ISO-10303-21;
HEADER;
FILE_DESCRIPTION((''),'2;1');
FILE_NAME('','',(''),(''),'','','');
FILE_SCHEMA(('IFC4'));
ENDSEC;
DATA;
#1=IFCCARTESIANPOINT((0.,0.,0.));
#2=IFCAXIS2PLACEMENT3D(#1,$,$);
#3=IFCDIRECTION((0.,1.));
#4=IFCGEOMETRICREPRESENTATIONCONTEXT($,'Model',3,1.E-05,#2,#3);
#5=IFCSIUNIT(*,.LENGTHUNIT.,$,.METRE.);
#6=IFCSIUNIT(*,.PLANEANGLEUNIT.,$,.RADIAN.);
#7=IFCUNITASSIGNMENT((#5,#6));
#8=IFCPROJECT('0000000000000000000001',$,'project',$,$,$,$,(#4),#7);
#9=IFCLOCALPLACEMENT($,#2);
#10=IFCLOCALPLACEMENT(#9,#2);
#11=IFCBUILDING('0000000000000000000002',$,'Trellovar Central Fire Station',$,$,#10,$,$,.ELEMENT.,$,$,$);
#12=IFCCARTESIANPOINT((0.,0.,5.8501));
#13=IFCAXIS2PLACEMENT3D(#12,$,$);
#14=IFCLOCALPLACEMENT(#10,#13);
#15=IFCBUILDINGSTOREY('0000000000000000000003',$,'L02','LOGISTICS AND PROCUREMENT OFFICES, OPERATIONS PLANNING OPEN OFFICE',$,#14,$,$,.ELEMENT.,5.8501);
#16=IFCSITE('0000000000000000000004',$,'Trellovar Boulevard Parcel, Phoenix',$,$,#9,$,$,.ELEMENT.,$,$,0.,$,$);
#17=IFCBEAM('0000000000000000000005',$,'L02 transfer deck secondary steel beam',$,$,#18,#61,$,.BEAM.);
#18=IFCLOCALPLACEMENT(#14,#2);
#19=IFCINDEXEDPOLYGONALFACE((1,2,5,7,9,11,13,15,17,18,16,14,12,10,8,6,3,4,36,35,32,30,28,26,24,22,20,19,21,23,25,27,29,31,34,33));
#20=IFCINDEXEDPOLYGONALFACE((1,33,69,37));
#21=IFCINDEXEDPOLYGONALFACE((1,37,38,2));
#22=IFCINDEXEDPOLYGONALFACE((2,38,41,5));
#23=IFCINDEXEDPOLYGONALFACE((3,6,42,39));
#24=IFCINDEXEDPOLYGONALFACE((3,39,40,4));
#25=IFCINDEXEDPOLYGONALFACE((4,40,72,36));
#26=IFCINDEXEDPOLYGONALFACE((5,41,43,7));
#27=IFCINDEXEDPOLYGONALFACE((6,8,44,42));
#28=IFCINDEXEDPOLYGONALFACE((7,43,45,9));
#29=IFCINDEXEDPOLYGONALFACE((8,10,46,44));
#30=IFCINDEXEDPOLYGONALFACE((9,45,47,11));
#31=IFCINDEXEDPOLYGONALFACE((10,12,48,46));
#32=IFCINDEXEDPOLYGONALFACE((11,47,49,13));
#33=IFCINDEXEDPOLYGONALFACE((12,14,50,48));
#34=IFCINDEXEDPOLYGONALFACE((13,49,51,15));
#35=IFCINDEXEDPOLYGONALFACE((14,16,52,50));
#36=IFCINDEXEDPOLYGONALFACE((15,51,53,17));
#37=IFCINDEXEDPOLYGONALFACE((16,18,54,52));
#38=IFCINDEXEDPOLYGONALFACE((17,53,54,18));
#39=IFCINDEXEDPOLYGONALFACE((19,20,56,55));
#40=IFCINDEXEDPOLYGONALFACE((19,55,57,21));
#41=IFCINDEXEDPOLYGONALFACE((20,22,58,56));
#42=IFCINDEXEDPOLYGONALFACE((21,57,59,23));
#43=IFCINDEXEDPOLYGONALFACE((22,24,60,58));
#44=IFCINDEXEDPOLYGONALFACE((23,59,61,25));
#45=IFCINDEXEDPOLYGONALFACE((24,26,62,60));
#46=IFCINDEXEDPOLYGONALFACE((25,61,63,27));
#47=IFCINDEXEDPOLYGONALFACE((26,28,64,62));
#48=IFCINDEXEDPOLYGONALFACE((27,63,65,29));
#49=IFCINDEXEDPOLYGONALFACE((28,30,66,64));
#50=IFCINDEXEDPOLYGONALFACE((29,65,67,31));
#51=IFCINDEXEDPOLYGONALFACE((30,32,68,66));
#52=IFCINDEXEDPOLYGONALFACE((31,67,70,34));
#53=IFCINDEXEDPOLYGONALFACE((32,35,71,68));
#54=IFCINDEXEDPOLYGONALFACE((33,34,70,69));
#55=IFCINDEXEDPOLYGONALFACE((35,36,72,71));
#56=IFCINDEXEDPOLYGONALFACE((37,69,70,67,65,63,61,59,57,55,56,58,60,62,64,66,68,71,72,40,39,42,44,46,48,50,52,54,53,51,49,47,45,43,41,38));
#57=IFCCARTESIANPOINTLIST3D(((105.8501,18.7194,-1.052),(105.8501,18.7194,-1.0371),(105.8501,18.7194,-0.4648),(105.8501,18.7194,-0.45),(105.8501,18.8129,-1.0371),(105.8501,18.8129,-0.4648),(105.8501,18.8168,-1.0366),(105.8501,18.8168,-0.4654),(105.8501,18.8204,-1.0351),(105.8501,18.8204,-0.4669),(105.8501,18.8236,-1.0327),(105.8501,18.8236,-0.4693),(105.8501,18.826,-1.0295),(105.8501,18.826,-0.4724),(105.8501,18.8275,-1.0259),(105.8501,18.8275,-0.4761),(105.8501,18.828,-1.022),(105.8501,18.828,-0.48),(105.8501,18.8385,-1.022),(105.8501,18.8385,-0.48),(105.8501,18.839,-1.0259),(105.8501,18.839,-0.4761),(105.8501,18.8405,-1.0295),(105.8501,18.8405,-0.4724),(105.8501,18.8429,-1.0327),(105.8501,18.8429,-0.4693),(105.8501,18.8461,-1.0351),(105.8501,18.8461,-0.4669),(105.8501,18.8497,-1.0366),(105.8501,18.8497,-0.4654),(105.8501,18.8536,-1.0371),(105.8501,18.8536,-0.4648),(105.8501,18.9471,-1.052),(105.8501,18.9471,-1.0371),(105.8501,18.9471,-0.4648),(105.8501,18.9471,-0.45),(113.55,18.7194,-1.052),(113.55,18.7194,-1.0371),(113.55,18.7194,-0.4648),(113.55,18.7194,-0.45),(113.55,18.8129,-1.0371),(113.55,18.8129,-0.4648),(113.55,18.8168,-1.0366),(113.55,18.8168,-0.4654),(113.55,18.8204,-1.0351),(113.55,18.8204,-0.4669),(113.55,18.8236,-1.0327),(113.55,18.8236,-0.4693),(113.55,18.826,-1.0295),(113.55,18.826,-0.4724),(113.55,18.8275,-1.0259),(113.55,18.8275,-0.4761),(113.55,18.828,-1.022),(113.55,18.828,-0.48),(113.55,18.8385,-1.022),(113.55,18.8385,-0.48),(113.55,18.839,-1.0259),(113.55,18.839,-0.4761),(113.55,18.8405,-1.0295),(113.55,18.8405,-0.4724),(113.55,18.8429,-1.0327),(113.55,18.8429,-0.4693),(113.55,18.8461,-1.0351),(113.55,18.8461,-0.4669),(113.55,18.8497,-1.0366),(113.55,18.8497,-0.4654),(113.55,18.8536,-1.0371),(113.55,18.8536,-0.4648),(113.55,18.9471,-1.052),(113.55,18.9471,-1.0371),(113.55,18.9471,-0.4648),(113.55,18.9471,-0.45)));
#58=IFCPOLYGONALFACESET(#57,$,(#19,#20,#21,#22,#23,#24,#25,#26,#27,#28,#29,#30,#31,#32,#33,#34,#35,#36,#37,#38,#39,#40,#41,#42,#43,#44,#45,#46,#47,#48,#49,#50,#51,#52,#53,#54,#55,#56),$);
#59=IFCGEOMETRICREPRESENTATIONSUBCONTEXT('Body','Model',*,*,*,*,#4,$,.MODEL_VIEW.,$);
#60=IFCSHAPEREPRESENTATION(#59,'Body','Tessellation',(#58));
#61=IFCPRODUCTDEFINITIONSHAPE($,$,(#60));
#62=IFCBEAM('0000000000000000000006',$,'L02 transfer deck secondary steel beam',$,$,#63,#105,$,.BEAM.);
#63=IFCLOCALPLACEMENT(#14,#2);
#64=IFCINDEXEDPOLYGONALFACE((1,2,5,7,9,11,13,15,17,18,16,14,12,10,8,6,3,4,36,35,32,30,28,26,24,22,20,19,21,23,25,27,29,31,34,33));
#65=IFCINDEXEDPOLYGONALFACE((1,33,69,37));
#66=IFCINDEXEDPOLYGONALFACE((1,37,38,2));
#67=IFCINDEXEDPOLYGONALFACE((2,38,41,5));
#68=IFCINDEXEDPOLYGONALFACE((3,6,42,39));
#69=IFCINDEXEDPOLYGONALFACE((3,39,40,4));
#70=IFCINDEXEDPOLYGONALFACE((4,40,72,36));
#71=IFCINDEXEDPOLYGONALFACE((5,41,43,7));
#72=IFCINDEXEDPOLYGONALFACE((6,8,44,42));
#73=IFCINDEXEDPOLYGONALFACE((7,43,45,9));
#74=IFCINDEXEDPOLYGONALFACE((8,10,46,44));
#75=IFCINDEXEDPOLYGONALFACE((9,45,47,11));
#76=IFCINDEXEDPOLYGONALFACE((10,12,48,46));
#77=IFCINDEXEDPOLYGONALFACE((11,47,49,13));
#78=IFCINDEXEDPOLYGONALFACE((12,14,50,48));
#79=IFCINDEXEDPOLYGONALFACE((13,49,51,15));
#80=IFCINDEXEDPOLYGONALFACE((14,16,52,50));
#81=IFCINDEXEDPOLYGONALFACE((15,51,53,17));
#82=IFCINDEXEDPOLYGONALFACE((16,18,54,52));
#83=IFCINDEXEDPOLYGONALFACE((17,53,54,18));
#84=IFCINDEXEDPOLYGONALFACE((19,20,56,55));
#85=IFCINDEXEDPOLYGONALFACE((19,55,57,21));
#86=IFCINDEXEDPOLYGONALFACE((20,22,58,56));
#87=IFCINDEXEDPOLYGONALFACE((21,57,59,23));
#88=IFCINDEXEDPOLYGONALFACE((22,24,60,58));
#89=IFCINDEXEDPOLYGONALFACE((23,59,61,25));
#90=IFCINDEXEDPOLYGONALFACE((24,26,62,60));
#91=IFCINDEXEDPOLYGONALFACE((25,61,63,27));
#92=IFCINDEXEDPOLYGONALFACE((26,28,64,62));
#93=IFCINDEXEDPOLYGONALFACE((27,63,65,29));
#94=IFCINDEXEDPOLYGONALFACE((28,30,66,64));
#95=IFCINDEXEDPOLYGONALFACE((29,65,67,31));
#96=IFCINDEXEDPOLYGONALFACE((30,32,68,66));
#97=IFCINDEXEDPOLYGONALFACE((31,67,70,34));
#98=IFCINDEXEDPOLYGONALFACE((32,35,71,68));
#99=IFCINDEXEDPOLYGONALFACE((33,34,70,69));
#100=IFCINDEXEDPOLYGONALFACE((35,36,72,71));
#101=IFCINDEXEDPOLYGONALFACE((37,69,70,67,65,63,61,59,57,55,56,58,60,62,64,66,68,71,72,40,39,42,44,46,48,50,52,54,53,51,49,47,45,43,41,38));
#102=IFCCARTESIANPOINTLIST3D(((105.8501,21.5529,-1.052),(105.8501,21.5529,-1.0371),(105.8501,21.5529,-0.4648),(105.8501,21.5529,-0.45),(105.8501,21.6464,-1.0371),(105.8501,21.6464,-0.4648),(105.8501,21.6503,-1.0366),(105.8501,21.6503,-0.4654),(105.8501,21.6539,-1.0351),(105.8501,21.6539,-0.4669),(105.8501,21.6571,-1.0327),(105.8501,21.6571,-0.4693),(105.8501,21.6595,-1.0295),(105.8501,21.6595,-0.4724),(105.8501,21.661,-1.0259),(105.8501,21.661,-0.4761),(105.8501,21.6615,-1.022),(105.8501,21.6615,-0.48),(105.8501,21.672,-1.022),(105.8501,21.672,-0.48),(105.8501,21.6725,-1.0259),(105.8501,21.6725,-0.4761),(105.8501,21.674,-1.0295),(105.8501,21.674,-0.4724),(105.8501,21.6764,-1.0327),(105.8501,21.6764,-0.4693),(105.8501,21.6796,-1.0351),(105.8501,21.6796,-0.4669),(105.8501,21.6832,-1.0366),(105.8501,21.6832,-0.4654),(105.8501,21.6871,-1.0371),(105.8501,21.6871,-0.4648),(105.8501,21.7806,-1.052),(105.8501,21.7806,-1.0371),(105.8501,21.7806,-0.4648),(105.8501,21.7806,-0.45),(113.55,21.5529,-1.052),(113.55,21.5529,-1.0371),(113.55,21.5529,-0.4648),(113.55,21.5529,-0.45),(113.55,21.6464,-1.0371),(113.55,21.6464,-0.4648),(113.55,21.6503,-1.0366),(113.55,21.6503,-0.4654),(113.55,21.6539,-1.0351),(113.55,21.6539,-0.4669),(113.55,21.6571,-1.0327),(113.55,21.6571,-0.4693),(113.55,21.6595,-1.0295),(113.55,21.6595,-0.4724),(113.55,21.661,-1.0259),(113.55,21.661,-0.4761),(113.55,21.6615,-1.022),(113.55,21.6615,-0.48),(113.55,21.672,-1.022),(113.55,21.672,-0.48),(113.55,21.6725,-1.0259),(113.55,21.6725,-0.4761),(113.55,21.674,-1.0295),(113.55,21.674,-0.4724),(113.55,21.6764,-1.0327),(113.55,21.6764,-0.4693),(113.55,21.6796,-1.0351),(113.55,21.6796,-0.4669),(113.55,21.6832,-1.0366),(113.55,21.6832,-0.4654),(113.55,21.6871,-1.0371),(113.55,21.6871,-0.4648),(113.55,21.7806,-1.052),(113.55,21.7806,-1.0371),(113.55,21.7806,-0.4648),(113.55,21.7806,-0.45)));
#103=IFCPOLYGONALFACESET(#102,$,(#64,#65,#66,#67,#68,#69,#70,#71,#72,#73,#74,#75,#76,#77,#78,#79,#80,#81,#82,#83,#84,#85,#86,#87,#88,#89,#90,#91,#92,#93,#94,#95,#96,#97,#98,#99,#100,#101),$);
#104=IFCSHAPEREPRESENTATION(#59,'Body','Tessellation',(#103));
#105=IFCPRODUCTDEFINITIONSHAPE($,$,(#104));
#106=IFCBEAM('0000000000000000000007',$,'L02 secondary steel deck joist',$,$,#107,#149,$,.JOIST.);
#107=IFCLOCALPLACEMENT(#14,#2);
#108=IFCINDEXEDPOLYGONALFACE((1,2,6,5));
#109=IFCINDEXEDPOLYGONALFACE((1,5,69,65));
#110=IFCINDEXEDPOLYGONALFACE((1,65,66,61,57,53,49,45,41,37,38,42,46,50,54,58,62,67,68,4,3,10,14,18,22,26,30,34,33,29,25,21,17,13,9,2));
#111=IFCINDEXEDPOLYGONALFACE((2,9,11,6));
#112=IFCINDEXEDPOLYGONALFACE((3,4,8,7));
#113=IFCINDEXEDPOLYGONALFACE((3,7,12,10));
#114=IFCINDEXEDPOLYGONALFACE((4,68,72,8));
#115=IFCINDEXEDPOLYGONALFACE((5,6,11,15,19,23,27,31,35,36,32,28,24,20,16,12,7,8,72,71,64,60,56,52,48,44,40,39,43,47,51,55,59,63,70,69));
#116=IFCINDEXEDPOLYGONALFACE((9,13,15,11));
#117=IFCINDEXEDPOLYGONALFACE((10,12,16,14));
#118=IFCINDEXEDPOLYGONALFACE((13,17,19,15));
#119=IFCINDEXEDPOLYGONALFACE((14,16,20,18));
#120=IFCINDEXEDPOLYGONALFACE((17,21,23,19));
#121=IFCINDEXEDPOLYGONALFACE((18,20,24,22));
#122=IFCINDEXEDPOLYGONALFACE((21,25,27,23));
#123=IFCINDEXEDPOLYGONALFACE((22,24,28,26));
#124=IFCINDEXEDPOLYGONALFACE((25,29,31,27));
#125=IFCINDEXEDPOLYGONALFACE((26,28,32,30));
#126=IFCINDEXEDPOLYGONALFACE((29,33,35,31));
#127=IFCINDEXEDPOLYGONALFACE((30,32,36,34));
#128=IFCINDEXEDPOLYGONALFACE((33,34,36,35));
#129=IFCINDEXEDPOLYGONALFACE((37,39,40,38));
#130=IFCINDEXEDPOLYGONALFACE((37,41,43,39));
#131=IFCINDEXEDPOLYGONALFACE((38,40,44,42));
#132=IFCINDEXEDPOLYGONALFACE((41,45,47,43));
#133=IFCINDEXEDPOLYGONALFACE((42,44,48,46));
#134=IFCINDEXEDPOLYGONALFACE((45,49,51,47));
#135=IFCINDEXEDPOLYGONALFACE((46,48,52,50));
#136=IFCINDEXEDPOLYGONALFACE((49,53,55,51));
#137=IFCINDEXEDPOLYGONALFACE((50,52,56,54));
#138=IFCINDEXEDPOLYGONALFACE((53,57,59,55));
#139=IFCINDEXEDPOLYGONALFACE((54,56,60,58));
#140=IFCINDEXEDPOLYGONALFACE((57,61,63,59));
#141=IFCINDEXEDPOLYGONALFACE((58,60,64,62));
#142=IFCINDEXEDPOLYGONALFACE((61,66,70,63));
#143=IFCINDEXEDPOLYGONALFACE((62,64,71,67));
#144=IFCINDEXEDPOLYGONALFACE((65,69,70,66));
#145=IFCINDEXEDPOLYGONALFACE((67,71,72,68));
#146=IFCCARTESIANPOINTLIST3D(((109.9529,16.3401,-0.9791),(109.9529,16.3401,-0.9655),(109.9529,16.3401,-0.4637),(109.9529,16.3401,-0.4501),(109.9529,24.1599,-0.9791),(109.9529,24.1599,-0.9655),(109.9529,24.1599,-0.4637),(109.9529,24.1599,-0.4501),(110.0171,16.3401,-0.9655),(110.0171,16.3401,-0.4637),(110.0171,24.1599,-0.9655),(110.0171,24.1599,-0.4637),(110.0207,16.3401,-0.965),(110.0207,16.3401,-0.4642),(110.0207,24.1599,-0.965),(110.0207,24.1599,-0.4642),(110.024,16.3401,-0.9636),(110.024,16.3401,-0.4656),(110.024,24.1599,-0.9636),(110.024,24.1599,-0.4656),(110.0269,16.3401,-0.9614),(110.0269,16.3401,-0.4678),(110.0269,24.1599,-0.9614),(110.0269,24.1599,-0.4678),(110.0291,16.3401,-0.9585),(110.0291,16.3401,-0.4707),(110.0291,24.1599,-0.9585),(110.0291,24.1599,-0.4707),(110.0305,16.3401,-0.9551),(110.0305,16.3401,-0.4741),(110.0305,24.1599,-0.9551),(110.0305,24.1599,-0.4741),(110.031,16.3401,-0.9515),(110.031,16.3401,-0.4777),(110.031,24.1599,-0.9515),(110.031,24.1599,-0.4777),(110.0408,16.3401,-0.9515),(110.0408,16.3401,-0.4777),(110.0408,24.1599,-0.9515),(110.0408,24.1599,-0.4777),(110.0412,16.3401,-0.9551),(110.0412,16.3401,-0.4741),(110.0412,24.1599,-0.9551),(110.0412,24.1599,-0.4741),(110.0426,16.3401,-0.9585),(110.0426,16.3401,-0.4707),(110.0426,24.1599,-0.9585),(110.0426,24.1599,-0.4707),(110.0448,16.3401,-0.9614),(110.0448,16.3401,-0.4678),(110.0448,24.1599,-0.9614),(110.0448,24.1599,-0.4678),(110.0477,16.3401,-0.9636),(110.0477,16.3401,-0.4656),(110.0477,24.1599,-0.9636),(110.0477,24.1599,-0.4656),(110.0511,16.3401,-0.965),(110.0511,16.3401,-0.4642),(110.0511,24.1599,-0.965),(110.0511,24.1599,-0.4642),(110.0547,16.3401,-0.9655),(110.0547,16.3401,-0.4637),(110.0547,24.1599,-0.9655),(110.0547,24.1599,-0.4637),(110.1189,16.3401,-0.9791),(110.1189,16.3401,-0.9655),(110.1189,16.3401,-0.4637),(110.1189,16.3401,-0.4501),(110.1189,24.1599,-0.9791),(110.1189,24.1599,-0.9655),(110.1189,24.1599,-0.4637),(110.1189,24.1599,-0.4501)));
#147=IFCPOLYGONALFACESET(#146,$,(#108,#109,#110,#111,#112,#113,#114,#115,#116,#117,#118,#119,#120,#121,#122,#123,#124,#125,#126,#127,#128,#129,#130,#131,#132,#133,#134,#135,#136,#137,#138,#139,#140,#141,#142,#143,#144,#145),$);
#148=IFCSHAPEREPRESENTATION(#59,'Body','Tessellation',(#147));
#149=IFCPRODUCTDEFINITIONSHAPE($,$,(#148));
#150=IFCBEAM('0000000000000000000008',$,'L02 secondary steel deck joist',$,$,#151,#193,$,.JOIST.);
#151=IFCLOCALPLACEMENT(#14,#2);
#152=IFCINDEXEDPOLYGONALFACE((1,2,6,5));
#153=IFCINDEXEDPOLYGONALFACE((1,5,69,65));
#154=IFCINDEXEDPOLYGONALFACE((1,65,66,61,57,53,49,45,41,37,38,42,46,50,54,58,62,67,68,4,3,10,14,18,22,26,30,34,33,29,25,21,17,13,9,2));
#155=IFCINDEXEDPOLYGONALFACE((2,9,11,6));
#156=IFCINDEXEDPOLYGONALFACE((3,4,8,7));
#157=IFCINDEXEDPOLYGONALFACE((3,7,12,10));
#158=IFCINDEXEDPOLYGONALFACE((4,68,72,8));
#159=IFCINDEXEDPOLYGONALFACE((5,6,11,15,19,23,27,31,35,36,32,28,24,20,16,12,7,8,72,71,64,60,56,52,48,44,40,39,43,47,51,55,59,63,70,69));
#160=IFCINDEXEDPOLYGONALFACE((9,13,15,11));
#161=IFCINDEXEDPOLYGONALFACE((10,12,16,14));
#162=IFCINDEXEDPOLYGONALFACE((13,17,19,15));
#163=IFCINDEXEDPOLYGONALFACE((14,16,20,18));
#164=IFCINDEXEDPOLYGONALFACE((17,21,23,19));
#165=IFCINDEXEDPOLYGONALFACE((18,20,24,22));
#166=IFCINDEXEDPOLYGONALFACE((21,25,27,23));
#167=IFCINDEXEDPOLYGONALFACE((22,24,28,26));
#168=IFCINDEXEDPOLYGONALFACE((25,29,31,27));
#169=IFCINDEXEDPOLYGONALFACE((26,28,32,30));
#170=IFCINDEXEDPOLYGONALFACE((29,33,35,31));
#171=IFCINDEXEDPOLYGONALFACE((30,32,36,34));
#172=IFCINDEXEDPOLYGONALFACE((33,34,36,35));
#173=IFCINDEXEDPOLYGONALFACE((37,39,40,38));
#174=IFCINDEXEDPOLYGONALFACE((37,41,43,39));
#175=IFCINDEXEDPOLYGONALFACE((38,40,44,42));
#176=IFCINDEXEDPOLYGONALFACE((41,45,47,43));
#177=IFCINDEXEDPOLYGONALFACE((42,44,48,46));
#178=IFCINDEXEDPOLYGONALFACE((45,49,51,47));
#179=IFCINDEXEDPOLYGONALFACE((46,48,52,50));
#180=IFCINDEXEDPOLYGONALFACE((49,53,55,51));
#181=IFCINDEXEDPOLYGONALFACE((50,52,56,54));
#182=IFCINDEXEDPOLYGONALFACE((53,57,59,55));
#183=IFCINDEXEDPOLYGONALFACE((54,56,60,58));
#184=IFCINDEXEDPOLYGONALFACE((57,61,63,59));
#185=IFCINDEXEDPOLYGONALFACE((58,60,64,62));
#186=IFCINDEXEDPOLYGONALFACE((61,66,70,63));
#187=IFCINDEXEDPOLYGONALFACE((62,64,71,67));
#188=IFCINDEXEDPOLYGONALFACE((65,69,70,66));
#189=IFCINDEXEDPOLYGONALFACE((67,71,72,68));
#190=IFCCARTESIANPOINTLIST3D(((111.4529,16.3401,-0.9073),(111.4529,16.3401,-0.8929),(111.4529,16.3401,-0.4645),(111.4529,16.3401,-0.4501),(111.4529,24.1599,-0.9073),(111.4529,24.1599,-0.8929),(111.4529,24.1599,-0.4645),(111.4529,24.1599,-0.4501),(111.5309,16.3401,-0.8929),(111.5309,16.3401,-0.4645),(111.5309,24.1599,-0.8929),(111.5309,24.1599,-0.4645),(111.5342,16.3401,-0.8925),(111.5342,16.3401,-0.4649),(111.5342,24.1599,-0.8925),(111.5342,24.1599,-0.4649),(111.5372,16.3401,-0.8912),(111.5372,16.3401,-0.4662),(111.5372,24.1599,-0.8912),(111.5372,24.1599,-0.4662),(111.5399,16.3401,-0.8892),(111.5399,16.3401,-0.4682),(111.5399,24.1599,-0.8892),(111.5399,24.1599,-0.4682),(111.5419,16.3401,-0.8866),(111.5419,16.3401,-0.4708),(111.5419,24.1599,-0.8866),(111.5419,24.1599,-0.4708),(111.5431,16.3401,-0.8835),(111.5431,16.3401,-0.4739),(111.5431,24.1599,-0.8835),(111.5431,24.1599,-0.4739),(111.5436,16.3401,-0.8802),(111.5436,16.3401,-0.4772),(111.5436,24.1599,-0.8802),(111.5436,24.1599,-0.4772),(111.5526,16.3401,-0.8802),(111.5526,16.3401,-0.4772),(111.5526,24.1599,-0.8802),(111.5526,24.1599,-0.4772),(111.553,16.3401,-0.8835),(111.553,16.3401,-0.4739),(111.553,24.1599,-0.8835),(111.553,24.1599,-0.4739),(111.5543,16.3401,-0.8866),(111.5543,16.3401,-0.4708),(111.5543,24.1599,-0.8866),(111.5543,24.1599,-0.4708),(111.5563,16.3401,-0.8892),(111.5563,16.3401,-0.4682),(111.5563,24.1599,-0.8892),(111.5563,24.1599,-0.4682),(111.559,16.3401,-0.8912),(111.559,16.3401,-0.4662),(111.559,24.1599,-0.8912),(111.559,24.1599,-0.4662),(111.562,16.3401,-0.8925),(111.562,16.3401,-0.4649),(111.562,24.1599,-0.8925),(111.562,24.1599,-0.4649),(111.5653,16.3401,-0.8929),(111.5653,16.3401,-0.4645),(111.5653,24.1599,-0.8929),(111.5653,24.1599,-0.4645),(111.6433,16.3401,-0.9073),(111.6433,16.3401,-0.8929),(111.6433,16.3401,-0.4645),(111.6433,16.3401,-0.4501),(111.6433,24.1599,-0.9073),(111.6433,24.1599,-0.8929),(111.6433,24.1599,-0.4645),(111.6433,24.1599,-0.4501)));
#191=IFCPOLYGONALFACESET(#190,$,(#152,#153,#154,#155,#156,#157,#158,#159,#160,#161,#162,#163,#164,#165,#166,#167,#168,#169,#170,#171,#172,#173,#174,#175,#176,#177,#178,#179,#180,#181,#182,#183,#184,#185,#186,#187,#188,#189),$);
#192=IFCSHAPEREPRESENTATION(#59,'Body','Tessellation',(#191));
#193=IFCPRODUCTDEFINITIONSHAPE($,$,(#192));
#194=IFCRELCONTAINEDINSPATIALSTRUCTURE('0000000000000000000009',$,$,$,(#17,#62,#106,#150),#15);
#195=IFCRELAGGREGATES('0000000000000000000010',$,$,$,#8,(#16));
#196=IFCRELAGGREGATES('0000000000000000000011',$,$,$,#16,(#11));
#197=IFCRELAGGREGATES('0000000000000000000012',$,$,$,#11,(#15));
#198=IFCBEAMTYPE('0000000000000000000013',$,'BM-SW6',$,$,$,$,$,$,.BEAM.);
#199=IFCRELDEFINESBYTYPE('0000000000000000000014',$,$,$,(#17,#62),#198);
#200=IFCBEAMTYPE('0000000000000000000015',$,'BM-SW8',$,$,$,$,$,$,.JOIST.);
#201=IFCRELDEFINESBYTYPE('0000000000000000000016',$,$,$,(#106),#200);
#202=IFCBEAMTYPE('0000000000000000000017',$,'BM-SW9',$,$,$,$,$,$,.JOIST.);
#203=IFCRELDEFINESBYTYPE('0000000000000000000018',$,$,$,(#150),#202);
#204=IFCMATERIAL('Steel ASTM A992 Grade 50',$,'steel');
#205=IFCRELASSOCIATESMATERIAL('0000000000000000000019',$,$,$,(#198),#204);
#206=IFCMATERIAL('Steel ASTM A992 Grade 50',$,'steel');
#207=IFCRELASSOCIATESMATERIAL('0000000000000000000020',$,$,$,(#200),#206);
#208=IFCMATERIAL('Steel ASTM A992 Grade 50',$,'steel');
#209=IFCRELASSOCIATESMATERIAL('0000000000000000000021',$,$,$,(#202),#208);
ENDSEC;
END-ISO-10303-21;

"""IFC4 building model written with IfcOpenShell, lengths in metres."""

from ifc_helpers import new_model, si_unit, direction, frame, origin, origin_2d, place, context, subcontext, project, spatial, i_section, extrude, material, material_profile, profile_set, type_object, element, save


model = new_model("IFC4")

# Units and contexts
model_context = context("Model", 3, precision=1e-05, world=origin(), true_north=direction((0.0, 1.0)))
body_context = subcontext(model_context, "Body", "Model", "MODEL_VIEW")
ifc_project = project(units=[si_unit("LENGTHUNIT", "METRE"), si_unit("PLANEANGLEUNIT", "RADIAN")], contexts=[model_context])

# Site, building, storey
site_placement = place(None, origin())
site = spatial("IfcSite", under=ifc_project, at=site_placement, Name="Trellovar Boulevard Parcel, Phoenix", CompositionType="ELEMENT", RefElevation=0.0)
building_placement = place(site_placement, origin())
building = spatial("IfcBuilding", under=site, at=building_placement, Name="Trellovar Central Fire Station", CompositionType="ELEMENT")
storey_placement = place(building_placement, frame((0.0, 0.0, 5.8501)))
storey = spatial("IfcBuildingStorey", under=building, at=storey_placement, Name="L02", Description="LOGISTICS AND PROCUREMENT OFFICES, OPERATIONS PLANNING OPEN OFFICE", CompositionType="ELEMENT", Elevation=5.8501)

# Beams
ifc_material_1 = material(Name="Steel ASTM A992 Grade 50", Category="steel")
ifc_material_profile_1 = material_profile(ifc_material_1, i_section(OverallWidth=0.2278, OverallDepth=0.6021, WebThickness=0.0105, FlangeThickness=0.0149, FilletRadius=0.0151, at=origin_2d()), Name="W24X68")
ifc_profile_set_1 = profile_set([ifc_material_profile_1], Name="Steel ASTM A992 Grade 50")
beam_type_1 = type_object("IfcBeamType", Name="BM-SW6", PredefinedType="BEAM", material=ifc_profile_set_1)
for number, where, z_axis, x_axis, name in (
    (1, (105.8501, 18.8333, -0.751), (1.0, 0.0, 0.0), (0.0, 1.0, 0.0), "L02 transfer deck secondary steel beam"),
    (2, (105.8501, 21.6667, -0.751), (1.0, 0.0, 0.0), (0.0, 1.0, 0.0), "L02 transfer deck secondary steel beam"),
):
    element("IfcBeam", number, at=place(storey_placement, frame(where, z_axis=z_axis, x_axis=x_axis)), inside=storey, type_object=beam_type_1, Name=name, PredefinedType="BEAM", context=body_context, shape_type="SweptSolid", body=[
        extrude(i_section(OverallWidth=0.2278, OverallDepth=0.6021, WebThickness=0.0105, FlangeThickness=0.0149, FilletRadius=0.0151, at=origin_2d()), origin(), (0.0, 0.0, 1.0), 7.7),
    ])
ifc_material_2 = material(Name="Steel ASTM A992 Grade 50", Category="steel")
ifc_material_profile_2 = material_profile(ifc_material_2, i_section(OverallWidth=0.166, OverallDepth=0.5291, WebThickness=0.0098, FlangeThickness=0.0137, FilletRadius=0.0139, at=origin_2d()), Name="W21X50")
ifc_profile_set_2 = profile_set([ifc_material_profile_2], Name="Steel ASTM A992 Grade 50")
beam_type_2 = type_object("IfcBeamType", Name="BM-SW8", PredefinedType="JOIST", material=ifc_profile_set_2)
beam_1_placement = place(storey_placement, frame((110.0359, 16.3401, -0.7146), z_axis=(0.0, 1.0, 0.0), x_axis=(-1.0, 0.0, 0.0)))
element("IfcBeam", 3, at=beam_1_placement, inside=storey, type_object=beam_type_2, Name="L02 secondary steel deck joist", PredefinedType="JOIST", context=body_context, shape_type="SweptSolid", body=[
    extrude(i_section(OverallWidth=0.166, OverallDepth=0.5291, WebThickness=0.0098, FlangeThickness=0.0137, FilletRadius=0.0139, at=origin_2d()), origin(), (0.0, 0.0, 1.0), 7.8198),
])
ifc_material_3 = material(Name="Steel ASTM A992 Grade 50", Category="steel")
ifc_material_profile_3 = material_profile(ifc_material_3, i_section(OverallWidth=0.1904, OverallDepth=0.4573, WebThickness=0.009, FlangeThickness=0.0144, FilletRadius=0.0127, at=origin_2d()), Name="W18X50")
ifc_profile_set_3 = profile_set([ifc_material_profile_3], Name="Steel ASTM A992 Grade 50")
beam_type_3 = type_object("IfcBeamType", Name="BM-SW9", PredefinedType="JOIST", material=ifc_profile_set_3)
beam_2_placement = place(storey_placement, frame((111.5481, 16.3401, -0.6787), z_axis=(0.0, 1.0, 0.0), x_axis=(-1.0, 0.0, 0.0)))
element("IfcBeam", 4, at=beam_2_placement, inside=storey, type_object=beam_type_3, Name="L02 secondary steel deck joist", PredefinedType="JOIST", context=body_context, shape_type="SweptSolid", body=[
    extrude(i_section(OverallWidth=0.1904, OverallDepth=0.4573, WebThickness=0.009, FlangeThickness=0.0144, FilletRadius=0.0127, at=origin_2d()), origin(), (0.0, 0.0, 1.0), 7.8198),
])

save(model, "model.ifc")
